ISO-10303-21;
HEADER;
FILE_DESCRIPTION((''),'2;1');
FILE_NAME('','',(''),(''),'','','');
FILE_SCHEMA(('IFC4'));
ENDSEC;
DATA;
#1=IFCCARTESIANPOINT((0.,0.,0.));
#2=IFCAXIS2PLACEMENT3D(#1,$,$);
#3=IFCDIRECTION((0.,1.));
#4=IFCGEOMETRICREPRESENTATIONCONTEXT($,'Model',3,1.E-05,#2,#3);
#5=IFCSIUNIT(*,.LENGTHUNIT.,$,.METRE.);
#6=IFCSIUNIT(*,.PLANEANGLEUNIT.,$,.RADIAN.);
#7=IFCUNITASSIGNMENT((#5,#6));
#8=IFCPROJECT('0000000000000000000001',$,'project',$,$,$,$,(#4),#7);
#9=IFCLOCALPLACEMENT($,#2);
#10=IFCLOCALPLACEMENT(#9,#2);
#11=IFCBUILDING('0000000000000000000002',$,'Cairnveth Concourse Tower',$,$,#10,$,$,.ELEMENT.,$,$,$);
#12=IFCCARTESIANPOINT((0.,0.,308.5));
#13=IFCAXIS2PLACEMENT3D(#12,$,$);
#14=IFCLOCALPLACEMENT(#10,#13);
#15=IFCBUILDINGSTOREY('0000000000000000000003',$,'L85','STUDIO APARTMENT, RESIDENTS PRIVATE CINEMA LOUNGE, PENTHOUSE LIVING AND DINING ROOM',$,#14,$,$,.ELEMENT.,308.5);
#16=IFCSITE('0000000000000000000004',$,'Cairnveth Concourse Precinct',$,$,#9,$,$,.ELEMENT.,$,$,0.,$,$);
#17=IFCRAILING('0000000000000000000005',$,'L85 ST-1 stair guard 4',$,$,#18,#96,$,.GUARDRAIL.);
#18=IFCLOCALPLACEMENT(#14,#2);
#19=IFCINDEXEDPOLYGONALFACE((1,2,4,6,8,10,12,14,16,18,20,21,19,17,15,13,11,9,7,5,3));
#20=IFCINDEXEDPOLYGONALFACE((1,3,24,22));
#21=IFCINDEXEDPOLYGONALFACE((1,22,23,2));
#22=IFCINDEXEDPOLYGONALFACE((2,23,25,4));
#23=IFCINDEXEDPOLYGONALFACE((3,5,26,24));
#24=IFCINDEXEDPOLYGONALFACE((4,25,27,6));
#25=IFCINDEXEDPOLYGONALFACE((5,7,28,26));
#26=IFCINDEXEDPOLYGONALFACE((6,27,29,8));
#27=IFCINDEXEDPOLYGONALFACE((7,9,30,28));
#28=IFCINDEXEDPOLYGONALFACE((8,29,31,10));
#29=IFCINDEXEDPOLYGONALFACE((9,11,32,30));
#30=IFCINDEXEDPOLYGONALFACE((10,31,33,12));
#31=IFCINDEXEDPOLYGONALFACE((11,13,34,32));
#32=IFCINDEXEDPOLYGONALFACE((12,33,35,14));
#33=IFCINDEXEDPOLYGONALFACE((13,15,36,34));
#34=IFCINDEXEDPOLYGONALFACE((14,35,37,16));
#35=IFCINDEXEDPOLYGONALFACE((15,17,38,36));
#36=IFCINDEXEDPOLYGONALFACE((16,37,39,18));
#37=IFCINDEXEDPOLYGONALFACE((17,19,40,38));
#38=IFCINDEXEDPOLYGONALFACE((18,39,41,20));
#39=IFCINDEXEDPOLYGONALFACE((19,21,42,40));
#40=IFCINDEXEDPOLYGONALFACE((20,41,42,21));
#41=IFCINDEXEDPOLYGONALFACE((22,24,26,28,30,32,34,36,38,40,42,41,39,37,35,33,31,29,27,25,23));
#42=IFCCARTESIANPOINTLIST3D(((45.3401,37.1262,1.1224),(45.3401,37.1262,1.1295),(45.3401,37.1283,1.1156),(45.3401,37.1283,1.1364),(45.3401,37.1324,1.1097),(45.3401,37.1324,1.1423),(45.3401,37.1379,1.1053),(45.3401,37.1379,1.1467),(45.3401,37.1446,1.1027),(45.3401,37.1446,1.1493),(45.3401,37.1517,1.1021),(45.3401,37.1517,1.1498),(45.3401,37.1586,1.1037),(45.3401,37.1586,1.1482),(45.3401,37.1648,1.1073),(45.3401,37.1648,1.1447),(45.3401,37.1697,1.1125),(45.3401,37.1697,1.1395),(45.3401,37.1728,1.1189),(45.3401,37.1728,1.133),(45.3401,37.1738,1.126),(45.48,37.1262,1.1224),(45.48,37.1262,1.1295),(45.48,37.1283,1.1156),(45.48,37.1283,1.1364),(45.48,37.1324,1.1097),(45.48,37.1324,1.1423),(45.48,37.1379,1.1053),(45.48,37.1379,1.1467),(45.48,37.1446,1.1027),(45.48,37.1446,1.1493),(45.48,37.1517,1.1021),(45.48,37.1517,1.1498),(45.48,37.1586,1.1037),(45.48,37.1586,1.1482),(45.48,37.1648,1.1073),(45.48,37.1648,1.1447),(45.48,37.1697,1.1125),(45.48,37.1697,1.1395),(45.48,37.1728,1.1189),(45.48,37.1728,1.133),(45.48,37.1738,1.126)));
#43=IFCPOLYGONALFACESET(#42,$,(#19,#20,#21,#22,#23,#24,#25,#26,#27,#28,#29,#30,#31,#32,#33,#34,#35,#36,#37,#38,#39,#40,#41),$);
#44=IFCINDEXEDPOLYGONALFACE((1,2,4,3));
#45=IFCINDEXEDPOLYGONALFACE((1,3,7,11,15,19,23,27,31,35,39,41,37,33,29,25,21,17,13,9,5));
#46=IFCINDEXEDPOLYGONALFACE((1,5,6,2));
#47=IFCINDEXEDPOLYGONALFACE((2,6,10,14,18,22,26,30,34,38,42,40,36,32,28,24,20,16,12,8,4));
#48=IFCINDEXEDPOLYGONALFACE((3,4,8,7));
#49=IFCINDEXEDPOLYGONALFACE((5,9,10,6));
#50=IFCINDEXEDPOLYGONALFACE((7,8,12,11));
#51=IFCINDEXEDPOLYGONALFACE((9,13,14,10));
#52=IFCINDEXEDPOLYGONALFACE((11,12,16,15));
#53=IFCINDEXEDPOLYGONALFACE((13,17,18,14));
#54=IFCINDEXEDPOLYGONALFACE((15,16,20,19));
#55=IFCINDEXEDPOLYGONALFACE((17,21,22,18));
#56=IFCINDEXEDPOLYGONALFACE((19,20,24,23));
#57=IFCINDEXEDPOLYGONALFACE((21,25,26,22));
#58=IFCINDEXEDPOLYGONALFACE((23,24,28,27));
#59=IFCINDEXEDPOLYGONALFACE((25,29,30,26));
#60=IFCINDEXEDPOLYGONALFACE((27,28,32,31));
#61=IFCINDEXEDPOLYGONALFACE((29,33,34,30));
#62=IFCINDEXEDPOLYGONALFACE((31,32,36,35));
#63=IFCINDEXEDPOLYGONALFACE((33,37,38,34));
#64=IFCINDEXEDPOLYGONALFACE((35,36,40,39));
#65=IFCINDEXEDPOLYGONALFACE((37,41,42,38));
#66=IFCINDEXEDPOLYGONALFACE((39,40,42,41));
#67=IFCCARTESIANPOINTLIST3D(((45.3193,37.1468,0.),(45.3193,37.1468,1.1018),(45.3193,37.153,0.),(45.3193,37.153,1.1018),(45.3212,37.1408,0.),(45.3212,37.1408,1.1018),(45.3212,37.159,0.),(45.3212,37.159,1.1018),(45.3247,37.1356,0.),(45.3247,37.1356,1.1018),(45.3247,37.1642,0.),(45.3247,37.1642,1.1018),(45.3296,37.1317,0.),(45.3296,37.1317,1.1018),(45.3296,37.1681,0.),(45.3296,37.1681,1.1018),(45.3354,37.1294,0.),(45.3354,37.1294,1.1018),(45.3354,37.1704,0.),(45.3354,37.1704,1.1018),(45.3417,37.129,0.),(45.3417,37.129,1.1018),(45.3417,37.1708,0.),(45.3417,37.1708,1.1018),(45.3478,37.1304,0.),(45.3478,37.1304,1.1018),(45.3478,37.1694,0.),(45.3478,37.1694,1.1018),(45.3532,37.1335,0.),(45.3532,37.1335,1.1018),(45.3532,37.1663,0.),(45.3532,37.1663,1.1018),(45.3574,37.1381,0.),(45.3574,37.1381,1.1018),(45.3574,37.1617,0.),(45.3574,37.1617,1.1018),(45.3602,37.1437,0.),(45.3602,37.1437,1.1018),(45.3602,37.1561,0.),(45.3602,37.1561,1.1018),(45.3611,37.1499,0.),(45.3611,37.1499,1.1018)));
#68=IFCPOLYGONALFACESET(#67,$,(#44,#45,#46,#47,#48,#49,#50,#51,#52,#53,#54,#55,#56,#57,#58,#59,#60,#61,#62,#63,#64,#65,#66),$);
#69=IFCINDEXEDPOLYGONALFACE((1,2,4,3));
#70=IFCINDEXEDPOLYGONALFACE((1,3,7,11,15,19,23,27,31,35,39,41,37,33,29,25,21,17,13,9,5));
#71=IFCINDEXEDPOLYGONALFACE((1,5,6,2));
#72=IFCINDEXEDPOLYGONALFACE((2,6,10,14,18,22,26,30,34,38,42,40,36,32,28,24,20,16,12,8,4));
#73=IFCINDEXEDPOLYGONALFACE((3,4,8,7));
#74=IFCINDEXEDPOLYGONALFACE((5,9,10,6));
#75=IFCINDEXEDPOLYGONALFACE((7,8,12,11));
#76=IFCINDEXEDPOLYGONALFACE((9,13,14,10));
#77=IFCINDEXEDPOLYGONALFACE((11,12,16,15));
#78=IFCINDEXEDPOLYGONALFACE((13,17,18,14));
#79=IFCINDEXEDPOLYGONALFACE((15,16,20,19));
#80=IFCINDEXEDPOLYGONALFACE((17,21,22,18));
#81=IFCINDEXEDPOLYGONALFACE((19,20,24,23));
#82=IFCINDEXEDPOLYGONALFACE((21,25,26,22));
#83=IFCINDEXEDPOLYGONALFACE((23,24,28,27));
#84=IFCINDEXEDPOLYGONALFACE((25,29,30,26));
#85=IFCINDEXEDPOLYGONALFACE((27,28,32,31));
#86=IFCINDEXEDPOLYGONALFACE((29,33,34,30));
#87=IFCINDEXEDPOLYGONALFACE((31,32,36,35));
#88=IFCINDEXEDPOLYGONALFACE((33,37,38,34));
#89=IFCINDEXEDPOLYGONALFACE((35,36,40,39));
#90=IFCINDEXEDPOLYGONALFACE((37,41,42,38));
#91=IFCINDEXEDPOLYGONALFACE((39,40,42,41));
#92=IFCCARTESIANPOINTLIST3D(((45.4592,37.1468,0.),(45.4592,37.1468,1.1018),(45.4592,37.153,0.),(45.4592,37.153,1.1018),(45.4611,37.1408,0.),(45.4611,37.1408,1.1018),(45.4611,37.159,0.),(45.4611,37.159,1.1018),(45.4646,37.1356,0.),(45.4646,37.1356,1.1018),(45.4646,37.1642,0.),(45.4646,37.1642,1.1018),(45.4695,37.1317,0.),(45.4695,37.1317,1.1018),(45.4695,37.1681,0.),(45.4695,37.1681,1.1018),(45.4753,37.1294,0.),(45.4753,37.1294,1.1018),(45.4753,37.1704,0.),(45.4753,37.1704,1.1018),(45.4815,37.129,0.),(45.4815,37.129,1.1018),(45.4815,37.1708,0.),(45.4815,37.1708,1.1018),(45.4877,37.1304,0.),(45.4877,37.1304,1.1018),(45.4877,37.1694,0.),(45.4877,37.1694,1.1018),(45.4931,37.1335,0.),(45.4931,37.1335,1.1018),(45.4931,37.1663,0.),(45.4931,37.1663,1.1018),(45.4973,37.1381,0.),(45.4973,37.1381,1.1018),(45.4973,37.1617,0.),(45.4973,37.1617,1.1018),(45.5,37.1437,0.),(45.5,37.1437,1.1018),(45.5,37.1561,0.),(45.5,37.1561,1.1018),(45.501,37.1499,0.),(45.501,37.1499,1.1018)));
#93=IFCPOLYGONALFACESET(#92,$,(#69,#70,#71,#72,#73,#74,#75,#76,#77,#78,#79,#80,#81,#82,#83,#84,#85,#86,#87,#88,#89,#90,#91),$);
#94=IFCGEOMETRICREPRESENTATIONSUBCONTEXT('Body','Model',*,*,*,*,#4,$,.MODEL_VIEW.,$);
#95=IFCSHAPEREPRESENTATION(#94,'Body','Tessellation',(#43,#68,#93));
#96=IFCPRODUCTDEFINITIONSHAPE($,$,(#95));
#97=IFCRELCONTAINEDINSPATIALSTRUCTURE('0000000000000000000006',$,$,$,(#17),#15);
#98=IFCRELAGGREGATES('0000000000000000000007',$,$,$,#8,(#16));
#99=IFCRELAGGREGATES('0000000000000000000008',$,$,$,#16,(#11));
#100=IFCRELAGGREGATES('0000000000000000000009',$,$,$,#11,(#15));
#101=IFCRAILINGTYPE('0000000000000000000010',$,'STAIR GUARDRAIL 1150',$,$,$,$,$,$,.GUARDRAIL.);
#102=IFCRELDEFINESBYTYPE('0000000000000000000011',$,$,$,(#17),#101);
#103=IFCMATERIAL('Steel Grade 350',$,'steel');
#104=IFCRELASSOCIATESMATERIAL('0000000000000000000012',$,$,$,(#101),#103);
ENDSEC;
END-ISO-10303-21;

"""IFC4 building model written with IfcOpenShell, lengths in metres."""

from ifc_helpers import new_model, si_unit, direction, frame, origin, origin_2d, place, context, subcontext, project, spatial, circle, extrude, material, type_object, element, save


model = new_model("IFC4")

# Units and contexts
model_context = context("Model", 3, precision=1e-05, world=origin(), true_north=direction((0.0, 1.0)))
body_context = subcontext(model_context, "Body", "Model", "MODEL_VIEW")
ifc_project = project(units=[si_unit("LENGTHUNIT", "METRE"), si_unit("PLANEANGLEUNIT", "RADIAN")], contexts=[model_context])

# Site, building, storey
site_placement = place(None, origin())
site = spatial("IfcSite", under=ifc_project, at=site_placement, Name="Cairnveth Concourse Precinct", CompositionType="ELEMENT", RefElevation=0.0)
building_placement = place(site_placement, origin())
building = spatial("IfcBuilding", under=site, at=building_placement, Name="Cairnveth Concourse Tower", CompositionType="ELEMENT")
storey_placement = place(building_placement, frame((0.0, 0.0, 308.5)))
storey = spatial("IfcBuildingStorey", under=building, at=storey_placement, Name="L85", Description="STUDIO APARTMENT, RESIDENTS PRIVATE CINEMA LOUNGE, PENTHOUSE LIVING AND DINING ROOM", CompositionType="ELEMENT", Elevation=308.5)

# Shared definitions
ifc_material_1 = material(Name="Steel Grade 350", Category="steel")

# Railing
railing_type = type_object("IfcRailingType", Name="STAIR GUARDRAIL 1150", PredefinedType="GUARDRAIL", material=ifc_material_1)
railing_placement = place(storey_placement, frame((45.3401, 37.1499, 0.0)))
element("IfcRailing", 1, at=railing_placement, inside=storey, type_object=railing_type, Name="L85 ST-1 stair guard 4", PredefinedType="GUARDRAIL", context=body_context, shape_type="SweptSolid", body=[
    extrude(circle(Radius=0.0239, at=origin_2d()), frame((0.0, 0.0, 1.126), z_axis=(1.0, 0.0, 0.0), x_axis=(0.0, 1.0, 0.0)), (0.0, 0.0, 1.0), 0.1399),
    extrude(circle(Radius=0.021, at=origin_2d()), origin(), (0.0, 0.0, 1.0), 1.1018),
    extrude(circle(Radius=0.021, at=origin_2d()), frame((0.1399, 0.0, 0.0)), (0.0, 0.0, 1.0), 1.1018),
])

save(model, "model.ifc")
